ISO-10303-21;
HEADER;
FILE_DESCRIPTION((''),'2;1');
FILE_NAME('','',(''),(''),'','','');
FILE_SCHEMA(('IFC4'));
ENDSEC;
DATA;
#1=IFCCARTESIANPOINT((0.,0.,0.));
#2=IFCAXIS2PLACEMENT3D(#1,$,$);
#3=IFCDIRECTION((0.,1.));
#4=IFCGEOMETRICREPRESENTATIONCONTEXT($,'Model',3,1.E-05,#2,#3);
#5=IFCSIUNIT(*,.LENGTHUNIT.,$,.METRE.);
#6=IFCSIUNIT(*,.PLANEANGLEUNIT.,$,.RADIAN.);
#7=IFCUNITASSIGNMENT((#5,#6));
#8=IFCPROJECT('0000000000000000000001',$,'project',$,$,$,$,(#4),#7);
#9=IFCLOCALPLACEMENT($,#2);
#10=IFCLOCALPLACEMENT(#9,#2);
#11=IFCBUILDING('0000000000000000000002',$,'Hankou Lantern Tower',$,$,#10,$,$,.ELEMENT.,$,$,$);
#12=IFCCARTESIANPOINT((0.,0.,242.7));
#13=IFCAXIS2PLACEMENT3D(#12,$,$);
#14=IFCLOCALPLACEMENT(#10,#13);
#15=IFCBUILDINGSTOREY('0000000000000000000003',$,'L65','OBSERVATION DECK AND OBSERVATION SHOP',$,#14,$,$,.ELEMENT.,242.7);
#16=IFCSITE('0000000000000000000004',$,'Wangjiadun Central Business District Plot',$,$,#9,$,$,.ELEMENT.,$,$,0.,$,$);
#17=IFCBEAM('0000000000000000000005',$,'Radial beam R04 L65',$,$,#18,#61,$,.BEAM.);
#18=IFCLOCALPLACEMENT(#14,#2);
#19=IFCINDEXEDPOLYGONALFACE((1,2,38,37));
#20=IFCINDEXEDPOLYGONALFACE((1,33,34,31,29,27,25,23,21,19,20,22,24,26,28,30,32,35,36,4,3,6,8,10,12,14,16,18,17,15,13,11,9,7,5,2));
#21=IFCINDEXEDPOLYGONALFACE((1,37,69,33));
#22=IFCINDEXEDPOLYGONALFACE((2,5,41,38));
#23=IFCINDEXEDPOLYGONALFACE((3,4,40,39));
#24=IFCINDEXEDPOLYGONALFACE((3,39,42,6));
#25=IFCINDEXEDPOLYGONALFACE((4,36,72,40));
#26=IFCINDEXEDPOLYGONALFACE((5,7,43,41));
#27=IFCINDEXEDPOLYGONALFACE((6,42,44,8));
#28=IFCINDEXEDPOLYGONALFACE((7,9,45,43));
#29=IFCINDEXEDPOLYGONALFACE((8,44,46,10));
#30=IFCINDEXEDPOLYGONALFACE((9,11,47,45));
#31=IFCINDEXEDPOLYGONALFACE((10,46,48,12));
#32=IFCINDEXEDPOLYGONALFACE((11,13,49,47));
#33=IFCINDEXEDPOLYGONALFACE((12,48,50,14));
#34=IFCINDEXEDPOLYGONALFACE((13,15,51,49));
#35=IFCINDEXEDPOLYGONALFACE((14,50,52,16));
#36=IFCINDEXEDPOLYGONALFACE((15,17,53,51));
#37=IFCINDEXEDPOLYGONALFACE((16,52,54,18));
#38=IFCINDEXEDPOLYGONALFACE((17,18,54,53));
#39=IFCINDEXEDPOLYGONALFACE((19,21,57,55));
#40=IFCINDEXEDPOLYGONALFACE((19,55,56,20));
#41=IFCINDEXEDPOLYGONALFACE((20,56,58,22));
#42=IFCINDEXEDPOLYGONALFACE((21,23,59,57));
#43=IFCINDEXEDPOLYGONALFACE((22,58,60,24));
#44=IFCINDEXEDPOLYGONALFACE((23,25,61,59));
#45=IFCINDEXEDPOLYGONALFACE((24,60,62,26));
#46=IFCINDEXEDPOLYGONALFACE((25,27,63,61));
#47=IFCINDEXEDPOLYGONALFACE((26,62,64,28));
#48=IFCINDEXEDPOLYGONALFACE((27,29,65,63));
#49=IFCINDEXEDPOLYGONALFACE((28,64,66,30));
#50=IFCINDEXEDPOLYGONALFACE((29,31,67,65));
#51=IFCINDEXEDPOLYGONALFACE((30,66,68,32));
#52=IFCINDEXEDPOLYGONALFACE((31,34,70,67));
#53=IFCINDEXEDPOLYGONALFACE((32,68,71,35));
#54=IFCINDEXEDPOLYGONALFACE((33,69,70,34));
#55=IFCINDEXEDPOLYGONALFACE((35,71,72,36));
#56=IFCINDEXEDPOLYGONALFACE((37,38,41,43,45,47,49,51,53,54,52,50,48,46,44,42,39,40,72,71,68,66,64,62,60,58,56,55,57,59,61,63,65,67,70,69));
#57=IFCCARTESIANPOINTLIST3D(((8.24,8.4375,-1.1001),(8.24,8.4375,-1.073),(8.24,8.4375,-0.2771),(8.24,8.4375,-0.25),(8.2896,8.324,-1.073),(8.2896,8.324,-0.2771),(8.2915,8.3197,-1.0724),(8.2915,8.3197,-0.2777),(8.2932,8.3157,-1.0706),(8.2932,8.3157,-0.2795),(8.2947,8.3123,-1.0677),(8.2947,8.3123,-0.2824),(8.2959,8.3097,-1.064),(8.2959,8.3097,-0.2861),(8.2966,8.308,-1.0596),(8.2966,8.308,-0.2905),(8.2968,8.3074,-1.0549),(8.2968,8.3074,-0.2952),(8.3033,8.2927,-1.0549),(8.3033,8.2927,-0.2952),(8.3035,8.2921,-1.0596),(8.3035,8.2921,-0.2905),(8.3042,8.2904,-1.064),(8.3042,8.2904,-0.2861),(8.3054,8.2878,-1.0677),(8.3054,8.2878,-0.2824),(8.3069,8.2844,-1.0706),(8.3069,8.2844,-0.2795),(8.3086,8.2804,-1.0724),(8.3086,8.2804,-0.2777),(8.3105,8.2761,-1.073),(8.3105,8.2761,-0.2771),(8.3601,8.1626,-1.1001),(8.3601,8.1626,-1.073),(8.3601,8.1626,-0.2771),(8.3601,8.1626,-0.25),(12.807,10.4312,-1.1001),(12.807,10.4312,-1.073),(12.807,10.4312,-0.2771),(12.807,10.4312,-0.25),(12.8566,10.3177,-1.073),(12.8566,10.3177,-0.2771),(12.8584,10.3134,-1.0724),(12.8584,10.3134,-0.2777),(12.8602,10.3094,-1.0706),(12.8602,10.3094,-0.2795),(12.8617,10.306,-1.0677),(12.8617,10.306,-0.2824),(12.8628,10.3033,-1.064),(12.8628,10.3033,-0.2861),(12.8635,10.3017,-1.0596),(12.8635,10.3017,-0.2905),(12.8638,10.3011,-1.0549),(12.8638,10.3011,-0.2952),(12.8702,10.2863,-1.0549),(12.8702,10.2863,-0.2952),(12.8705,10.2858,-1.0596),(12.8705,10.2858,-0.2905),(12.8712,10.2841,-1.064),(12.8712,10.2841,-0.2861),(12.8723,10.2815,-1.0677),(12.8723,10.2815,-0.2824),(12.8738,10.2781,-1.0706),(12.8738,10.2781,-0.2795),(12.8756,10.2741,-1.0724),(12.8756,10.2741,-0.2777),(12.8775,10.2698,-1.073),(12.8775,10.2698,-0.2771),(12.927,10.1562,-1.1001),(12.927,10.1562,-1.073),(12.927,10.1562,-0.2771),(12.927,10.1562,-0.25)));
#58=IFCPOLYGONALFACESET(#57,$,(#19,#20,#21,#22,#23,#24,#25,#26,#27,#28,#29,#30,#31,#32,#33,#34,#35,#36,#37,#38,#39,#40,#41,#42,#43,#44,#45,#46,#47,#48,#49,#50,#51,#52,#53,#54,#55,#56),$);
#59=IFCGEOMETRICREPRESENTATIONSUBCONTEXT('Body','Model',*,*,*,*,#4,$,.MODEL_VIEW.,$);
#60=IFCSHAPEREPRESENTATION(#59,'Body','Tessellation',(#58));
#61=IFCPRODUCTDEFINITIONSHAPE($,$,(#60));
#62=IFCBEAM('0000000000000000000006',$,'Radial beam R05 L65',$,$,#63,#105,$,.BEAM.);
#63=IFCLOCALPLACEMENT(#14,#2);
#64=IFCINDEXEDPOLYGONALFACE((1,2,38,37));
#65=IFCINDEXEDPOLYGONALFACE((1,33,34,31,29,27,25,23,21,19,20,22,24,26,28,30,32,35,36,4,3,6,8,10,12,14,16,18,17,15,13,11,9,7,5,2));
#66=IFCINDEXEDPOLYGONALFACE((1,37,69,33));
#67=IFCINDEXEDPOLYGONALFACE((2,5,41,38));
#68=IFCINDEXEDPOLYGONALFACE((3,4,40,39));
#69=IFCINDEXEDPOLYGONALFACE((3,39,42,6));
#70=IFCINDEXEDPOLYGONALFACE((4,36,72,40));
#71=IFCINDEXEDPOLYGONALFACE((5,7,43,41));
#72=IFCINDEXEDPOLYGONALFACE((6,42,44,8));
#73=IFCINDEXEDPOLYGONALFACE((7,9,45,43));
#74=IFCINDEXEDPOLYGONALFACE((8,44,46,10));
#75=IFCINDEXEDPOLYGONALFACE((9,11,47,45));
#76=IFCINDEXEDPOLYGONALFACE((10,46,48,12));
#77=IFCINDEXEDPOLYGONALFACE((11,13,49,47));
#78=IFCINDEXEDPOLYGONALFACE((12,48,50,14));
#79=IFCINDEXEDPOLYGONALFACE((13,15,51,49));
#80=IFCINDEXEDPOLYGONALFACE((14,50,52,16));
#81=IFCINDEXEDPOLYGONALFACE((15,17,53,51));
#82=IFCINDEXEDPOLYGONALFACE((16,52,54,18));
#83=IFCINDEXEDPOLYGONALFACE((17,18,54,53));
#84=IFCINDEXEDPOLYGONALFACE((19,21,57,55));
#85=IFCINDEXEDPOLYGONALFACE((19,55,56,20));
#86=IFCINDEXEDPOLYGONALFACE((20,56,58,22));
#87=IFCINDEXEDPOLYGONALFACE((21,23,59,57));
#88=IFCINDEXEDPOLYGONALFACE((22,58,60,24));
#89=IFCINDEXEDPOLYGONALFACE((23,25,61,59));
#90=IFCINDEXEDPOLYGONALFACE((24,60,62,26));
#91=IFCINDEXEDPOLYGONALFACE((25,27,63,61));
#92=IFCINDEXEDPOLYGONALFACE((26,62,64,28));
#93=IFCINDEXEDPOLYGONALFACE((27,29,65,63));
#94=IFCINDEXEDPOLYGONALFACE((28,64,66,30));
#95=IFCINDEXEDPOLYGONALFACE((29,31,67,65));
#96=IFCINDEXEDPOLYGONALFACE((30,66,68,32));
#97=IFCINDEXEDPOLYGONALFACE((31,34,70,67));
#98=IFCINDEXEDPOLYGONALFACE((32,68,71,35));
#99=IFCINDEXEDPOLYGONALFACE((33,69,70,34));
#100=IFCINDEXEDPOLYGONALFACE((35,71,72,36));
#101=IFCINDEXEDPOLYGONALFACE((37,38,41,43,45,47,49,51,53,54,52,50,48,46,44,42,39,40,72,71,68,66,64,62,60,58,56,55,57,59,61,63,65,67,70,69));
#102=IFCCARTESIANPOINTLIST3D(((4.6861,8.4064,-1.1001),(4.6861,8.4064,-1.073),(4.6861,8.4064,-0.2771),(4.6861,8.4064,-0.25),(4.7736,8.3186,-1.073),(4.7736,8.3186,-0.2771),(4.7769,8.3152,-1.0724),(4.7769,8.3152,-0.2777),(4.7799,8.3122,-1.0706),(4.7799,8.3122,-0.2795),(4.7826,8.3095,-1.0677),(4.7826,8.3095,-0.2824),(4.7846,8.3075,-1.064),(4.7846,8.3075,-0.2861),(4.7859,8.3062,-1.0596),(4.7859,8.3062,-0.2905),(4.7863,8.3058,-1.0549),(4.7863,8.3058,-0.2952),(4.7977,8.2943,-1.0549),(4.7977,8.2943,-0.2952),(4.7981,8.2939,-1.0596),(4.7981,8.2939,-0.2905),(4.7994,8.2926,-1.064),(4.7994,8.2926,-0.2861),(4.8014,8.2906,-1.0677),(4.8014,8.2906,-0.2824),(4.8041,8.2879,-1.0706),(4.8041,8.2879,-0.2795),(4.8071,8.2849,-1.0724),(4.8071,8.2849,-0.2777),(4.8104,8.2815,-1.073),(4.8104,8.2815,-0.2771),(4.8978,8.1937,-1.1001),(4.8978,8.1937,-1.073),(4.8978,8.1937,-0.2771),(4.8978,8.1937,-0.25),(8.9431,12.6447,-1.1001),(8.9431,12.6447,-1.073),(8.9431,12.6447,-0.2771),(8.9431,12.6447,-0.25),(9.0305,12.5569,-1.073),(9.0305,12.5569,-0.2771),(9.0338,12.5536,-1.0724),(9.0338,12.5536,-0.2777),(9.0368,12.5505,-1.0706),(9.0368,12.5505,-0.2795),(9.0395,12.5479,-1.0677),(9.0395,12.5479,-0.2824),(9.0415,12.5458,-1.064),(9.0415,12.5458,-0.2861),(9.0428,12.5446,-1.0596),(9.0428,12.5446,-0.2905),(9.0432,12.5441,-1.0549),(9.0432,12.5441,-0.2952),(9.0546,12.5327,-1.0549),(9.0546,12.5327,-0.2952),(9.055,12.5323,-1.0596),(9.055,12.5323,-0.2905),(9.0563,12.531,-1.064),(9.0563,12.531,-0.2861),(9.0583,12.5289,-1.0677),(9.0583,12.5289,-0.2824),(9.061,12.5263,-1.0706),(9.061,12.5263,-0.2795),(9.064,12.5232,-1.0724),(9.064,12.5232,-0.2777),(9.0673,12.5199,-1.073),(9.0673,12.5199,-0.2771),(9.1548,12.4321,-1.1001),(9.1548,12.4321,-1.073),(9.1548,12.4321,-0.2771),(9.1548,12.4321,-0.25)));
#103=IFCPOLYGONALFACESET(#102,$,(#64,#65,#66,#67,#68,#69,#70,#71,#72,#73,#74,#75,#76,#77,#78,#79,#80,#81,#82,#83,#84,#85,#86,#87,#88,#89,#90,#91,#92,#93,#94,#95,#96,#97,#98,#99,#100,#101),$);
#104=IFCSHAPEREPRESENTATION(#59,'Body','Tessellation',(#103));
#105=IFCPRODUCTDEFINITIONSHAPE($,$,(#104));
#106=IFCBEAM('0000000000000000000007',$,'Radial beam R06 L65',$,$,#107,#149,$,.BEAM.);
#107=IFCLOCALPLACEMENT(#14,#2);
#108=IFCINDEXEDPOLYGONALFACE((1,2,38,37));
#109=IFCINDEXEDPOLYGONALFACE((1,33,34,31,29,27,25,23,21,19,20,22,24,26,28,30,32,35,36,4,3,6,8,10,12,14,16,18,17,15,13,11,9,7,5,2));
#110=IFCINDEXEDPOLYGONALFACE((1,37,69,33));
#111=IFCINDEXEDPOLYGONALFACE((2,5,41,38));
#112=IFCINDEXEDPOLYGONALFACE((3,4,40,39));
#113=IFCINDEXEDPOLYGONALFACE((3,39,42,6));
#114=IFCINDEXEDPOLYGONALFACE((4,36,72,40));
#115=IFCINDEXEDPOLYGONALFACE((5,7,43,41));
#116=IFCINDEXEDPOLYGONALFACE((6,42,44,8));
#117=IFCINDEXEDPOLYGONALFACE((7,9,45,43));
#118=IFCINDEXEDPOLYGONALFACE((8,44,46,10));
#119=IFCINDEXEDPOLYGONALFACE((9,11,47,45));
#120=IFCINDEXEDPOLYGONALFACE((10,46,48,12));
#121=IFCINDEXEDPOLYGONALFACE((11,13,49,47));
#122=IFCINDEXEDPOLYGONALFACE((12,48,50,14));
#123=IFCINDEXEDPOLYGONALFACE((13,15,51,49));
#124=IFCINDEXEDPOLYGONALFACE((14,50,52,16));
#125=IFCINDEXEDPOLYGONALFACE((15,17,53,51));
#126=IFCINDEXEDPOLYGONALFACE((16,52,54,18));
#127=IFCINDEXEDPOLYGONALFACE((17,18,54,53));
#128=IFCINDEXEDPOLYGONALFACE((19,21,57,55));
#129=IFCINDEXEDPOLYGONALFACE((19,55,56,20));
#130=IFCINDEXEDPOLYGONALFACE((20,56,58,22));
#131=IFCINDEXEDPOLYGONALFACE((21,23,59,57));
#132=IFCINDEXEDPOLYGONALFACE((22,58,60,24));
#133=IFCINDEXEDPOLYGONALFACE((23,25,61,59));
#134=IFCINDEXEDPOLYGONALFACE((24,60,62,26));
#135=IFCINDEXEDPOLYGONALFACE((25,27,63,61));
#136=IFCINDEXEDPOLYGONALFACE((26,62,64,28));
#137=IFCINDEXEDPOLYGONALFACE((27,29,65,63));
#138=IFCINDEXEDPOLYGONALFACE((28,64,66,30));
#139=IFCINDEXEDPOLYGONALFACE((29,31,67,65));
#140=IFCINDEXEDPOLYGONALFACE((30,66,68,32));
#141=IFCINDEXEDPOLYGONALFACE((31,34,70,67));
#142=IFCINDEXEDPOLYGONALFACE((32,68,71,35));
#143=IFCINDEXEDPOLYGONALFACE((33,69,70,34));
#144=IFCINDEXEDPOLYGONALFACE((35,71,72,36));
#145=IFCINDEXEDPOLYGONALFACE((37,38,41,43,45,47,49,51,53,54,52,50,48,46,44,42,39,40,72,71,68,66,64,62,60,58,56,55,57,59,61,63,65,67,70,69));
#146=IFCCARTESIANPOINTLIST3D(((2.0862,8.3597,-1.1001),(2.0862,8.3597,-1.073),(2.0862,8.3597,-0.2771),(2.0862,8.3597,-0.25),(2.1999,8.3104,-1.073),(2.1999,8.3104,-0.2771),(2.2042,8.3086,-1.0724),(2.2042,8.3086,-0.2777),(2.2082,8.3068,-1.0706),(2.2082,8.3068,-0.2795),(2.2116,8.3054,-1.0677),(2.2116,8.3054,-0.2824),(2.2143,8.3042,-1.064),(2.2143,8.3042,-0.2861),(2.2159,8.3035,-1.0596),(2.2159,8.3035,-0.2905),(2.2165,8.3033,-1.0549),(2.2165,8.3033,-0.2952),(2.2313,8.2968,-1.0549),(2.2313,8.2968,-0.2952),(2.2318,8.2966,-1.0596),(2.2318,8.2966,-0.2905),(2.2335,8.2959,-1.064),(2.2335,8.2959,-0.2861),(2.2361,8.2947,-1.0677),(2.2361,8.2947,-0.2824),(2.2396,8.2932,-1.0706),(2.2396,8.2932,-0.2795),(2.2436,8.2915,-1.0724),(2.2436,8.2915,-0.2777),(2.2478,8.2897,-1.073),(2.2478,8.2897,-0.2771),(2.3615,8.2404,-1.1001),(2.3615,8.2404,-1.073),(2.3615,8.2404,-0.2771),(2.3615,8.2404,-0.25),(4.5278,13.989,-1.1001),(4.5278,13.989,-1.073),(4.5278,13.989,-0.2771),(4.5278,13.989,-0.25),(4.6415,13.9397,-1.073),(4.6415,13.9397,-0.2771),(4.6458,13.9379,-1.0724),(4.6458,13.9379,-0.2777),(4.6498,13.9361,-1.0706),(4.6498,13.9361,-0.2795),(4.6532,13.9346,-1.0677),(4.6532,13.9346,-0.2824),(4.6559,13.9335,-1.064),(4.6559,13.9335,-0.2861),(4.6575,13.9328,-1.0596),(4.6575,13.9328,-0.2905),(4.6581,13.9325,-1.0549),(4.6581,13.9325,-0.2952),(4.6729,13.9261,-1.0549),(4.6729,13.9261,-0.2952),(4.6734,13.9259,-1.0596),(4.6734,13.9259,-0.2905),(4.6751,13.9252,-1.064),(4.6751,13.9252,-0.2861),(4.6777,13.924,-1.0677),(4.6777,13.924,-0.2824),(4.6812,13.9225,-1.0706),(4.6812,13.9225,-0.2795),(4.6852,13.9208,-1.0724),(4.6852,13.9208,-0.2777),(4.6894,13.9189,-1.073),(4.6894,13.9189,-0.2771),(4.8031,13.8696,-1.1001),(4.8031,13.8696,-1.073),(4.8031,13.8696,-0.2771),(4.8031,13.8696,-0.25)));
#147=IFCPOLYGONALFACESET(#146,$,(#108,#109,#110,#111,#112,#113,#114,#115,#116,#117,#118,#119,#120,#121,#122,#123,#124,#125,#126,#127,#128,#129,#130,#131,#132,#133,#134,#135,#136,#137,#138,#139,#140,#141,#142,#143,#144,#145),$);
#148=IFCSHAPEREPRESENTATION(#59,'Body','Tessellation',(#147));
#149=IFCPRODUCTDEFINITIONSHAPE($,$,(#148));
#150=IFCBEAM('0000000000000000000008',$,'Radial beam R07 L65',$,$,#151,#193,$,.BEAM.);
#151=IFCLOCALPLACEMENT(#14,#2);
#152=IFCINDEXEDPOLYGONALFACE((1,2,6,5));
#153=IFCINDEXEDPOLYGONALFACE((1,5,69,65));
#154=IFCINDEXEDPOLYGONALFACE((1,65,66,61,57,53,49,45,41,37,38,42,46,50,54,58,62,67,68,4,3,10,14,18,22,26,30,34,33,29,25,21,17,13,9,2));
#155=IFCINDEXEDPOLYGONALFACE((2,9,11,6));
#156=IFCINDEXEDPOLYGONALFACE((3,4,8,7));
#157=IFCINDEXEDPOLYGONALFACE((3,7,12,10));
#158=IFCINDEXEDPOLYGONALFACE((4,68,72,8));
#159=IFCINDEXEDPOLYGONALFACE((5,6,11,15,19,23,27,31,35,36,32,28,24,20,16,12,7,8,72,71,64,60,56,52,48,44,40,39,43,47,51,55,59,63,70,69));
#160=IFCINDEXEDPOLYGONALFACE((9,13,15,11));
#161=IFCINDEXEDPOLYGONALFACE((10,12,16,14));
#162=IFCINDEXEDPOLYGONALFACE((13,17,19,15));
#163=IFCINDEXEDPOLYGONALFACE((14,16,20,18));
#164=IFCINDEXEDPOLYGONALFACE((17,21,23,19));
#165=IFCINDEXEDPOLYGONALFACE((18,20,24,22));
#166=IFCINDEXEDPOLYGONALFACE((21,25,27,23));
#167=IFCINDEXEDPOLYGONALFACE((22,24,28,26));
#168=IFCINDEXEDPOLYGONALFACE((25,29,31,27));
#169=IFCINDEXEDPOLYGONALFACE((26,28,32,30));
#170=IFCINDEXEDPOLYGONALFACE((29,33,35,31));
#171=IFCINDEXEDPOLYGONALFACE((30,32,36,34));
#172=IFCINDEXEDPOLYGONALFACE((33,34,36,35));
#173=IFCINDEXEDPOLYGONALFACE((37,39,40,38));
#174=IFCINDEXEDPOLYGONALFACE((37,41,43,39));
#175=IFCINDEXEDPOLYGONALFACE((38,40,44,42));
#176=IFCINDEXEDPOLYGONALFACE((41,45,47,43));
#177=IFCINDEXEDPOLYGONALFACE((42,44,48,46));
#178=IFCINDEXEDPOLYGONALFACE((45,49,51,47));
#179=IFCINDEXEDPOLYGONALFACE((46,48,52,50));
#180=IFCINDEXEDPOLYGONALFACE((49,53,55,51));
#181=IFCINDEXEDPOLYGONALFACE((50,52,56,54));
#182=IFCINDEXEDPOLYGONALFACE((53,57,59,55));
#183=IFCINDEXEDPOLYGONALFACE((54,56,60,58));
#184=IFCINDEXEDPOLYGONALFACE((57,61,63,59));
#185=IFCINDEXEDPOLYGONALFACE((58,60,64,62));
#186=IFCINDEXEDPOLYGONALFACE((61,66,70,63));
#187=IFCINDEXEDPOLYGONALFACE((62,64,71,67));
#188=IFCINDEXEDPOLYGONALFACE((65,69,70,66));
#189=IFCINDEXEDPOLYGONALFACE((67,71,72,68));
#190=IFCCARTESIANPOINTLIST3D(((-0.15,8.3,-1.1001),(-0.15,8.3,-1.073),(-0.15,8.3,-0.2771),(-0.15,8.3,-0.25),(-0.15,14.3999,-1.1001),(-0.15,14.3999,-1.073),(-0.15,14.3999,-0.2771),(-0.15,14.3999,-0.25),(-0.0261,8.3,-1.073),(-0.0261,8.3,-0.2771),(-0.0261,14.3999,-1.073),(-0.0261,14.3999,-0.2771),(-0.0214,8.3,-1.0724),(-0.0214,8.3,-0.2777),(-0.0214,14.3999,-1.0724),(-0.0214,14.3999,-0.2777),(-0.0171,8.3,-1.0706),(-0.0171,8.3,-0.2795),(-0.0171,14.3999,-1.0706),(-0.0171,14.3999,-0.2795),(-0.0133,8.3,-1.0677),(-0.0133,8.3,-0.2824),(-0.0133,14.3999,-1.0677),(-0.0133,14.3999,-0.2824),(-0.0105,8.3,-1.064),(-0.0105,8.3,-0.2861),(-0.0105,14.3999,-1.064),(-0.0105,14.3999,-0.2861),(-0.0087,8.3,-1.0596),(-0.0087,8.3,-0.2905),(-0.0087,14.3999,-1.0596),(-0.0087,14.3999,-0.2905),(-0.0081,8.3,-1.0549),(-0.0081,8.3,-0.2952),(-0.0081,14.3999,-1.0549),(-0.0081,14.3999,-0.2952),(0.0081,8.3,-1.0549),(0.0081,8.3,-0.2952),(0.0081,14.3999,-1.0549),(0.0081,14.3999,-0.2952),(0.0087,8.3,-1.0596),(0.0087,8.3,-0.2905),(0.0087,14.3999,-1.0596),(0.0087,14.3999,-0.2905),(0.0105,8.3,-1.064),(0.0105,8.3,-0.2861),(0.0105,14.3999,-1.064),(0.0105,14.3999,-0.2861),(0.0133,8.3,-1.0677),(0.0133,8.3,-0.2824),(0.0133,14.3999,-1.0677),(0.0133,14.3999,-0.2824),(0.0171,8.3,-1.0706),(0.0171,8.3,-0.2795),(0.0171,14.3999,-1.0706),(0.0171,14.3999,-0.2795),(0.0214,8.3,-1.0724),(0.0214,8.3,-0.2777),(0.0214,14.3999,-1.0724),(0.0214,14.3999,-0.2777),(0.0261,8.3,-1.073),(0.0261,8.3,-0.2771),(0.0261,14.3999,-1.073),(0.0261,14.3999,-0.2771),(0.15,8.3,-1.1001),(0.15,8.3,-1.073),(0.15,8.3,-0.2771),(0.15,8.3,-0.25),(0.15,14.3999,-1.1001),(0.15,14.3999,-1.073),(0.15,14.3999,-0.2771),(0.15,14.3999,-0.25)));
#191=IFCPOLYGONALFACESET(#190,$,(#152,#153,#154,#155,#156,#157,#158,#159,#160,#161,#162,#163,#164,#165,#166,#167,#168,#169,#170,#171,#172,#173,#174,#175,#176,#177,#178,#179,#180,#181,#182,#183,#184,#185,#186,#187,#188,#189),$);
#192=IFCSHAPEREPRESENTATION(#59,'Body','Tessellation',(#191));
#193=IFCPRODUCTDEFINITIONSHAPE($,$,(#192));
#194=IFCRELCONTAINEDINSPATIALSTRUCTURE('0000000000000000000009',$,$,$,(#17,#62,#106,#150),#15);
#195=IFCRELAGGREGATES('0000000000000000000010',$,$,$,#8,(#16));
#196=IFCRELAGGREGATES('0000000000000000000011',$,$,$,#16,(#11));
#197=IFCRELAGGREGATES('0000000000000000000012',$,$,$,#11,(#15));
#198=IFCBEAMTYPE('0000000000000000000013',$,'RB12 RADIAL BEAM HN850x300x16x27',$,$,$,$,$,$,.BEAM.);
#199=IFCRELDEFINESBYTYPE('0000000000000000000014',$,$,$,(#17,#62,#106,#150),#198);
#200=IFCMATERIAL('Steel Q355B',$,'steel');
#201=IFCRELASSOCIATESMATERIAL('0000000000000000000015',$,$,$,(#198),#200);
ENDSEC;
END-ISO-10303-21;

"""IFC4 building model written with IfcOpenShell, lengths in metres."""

from ifc_helpers import new_model, si_unit, direction, frame, origin, origin_2d, place, context, subcontext, project, spatial, i_section, extrude, material, material_profile, profile_set, type_object, element, save


model = new_model("IFC4")

# Units and contexts
model_context = context("Model", 3, precision=1e-05, world=origin(), true_north=direction((0.0, 1.0)))
body_context = subcontext(model_context, "Body", "Model", "MODEL_VIEW")
ifc_project = project(units=[si_unit("LENGTHUNIT", "METRE"), si_unit("PLANEANGLEUNIT", "RADIAN")], contexts=[model_context])

# Site, building, storey
site_placement = place(None, origin())
site = spatial("IfcSite", under=ifc_project, at=site_placement, Name="Wangjiadun Central Business District Plot", CompositionType="ELEMENT", RefElevation=0.0)
building_placement = place(site_placement, origin())
building = spatial("IfcBuilding", under=site, at=building_placement, Name="Hankou Lantern Tower", CompositionType="ELEMENT")
storey_placement = place(building_placement, frame((0.0, 0.0, 242.7)))
storey = spatial("IfcBuildingStorey", under=building, at=storey_placement, Name="L65", Description="OBSERVATION DECK AND OBSERVATION SHOP", CompositionType="ELEMENT", Elevation=242.7)

# Beams
ifc_material_1 = material(Name="Steel Q355B", Category="steel")
ifc_material_profile_1 = material_profile(ifc_material_1, i_section(OverallWidth=0.3, OverallDepth=0.8501, WebThickness=0.0161, FlangeThickness=0.0271, FilletRadius=0.0181, at=origin_2d()), Name="HN850x300x16x27")
ifc_profile_set_1 = profile_set([ifc_material_profile_1], Name="Steel Q355B")
beam_type_1 = type_object("IfcBeamType", Name="RB12 RADIAL BEAM HN850x300x16x27", PredefinedType="BEAM", material=ifc_profile_set_1)
beam_1_placement = place(storey_placement, frame((8.3, 8.3, -0.675), z_axis=(0.916479, 0.400084, 0.0), x_axis=(-0.400084, 0.916479, 0.0)))
element("IfcBeam", 1, at=beam_1_placement, inside=storey, type_object=beam_type_1, Name="Radial beam R04 L65", PredefinedType="BEAM", context=body_context, shape_type="SweptSolid", body=[
    extrude(i_section(OverallWidth=0.3, OverallDepth=0.8501, WebThickness=0.0161, FlangeThickness=0.0271, FilletRadius=0.0181, at=origin_2d()), origin(), (0.0, 0.0, 1.0), 4.9832),
])
beam_2_placement = place(storey_placement, frame((4.792, 8.3, -0.675), z_axis=(0.70865, 0.705561, 0.0), x_axis=(-0.705561, 0.70865, 0.0)))
element("IfcBeam", 2, at=beam_2_placement, inside=storey, type_object=beam_type_1, Name="Radial beam R05 L65", PredefinedType="BEAM", context=body_context, shape_type="SweptSolid", body=[
    extrude(i_section(OverallWidth=0.3, OverallDepth=0.8501, WebThickness=0.0161, FlangeThickness=0.0271, FilletRadius=0.0181, at=origin_2d()), origin(), (0.0, 0.0, 1.0), 6.0071),
])
beam_3_placement = place(storey_placement, frame((2.2239, 8.3, -0.675), z_axis=(0.397916, 0.917422, 0.0), x_axis=(-0.917422, 0.397916, 0.0)))
element("IfcBeam", 3, at=beam_3_placement, inside=storey, type_object=beam_type_1, Name="Radial beam R06 L65", PredefinedType="BEAM", context=body_context, shape_type="SweptSolid", body=[
    extrude(i_section(OverallWidth=0.3, OverallDepth=0.8501, WebThickness=0.0161, FlangeThickness=0.0271, FilletRadius=0.0181, at=origin_2d()), origin(), (0.0, 0.0, 1.0), 6.136),
])
beam_4_placement = place(storey_placement, frame((0.0, 8.3, -0.675), z_axis=(0.0, 1.0, 0.0), x_axis=(-1.0, 0.0, 0.0)))
element("IfcBeam", 4, at=beam_4_placement, inside=storey, type_object=beam_type_1, Name="Radial beam R07 L65", PredefinedType="BEAM", context=body_context, shape_type="SweptSolid", body=[
    extrude(i_section(OverallWidth=0.3, OverallDepth=0.8501, WebThickness=0.0161, FlangeThickness=0.0271, FilletRadius=0.0181, at=origin_2d()), origin(), (0.0, 0.0, 1.0), 6.0999),
])

save(model, "model.ifc")
